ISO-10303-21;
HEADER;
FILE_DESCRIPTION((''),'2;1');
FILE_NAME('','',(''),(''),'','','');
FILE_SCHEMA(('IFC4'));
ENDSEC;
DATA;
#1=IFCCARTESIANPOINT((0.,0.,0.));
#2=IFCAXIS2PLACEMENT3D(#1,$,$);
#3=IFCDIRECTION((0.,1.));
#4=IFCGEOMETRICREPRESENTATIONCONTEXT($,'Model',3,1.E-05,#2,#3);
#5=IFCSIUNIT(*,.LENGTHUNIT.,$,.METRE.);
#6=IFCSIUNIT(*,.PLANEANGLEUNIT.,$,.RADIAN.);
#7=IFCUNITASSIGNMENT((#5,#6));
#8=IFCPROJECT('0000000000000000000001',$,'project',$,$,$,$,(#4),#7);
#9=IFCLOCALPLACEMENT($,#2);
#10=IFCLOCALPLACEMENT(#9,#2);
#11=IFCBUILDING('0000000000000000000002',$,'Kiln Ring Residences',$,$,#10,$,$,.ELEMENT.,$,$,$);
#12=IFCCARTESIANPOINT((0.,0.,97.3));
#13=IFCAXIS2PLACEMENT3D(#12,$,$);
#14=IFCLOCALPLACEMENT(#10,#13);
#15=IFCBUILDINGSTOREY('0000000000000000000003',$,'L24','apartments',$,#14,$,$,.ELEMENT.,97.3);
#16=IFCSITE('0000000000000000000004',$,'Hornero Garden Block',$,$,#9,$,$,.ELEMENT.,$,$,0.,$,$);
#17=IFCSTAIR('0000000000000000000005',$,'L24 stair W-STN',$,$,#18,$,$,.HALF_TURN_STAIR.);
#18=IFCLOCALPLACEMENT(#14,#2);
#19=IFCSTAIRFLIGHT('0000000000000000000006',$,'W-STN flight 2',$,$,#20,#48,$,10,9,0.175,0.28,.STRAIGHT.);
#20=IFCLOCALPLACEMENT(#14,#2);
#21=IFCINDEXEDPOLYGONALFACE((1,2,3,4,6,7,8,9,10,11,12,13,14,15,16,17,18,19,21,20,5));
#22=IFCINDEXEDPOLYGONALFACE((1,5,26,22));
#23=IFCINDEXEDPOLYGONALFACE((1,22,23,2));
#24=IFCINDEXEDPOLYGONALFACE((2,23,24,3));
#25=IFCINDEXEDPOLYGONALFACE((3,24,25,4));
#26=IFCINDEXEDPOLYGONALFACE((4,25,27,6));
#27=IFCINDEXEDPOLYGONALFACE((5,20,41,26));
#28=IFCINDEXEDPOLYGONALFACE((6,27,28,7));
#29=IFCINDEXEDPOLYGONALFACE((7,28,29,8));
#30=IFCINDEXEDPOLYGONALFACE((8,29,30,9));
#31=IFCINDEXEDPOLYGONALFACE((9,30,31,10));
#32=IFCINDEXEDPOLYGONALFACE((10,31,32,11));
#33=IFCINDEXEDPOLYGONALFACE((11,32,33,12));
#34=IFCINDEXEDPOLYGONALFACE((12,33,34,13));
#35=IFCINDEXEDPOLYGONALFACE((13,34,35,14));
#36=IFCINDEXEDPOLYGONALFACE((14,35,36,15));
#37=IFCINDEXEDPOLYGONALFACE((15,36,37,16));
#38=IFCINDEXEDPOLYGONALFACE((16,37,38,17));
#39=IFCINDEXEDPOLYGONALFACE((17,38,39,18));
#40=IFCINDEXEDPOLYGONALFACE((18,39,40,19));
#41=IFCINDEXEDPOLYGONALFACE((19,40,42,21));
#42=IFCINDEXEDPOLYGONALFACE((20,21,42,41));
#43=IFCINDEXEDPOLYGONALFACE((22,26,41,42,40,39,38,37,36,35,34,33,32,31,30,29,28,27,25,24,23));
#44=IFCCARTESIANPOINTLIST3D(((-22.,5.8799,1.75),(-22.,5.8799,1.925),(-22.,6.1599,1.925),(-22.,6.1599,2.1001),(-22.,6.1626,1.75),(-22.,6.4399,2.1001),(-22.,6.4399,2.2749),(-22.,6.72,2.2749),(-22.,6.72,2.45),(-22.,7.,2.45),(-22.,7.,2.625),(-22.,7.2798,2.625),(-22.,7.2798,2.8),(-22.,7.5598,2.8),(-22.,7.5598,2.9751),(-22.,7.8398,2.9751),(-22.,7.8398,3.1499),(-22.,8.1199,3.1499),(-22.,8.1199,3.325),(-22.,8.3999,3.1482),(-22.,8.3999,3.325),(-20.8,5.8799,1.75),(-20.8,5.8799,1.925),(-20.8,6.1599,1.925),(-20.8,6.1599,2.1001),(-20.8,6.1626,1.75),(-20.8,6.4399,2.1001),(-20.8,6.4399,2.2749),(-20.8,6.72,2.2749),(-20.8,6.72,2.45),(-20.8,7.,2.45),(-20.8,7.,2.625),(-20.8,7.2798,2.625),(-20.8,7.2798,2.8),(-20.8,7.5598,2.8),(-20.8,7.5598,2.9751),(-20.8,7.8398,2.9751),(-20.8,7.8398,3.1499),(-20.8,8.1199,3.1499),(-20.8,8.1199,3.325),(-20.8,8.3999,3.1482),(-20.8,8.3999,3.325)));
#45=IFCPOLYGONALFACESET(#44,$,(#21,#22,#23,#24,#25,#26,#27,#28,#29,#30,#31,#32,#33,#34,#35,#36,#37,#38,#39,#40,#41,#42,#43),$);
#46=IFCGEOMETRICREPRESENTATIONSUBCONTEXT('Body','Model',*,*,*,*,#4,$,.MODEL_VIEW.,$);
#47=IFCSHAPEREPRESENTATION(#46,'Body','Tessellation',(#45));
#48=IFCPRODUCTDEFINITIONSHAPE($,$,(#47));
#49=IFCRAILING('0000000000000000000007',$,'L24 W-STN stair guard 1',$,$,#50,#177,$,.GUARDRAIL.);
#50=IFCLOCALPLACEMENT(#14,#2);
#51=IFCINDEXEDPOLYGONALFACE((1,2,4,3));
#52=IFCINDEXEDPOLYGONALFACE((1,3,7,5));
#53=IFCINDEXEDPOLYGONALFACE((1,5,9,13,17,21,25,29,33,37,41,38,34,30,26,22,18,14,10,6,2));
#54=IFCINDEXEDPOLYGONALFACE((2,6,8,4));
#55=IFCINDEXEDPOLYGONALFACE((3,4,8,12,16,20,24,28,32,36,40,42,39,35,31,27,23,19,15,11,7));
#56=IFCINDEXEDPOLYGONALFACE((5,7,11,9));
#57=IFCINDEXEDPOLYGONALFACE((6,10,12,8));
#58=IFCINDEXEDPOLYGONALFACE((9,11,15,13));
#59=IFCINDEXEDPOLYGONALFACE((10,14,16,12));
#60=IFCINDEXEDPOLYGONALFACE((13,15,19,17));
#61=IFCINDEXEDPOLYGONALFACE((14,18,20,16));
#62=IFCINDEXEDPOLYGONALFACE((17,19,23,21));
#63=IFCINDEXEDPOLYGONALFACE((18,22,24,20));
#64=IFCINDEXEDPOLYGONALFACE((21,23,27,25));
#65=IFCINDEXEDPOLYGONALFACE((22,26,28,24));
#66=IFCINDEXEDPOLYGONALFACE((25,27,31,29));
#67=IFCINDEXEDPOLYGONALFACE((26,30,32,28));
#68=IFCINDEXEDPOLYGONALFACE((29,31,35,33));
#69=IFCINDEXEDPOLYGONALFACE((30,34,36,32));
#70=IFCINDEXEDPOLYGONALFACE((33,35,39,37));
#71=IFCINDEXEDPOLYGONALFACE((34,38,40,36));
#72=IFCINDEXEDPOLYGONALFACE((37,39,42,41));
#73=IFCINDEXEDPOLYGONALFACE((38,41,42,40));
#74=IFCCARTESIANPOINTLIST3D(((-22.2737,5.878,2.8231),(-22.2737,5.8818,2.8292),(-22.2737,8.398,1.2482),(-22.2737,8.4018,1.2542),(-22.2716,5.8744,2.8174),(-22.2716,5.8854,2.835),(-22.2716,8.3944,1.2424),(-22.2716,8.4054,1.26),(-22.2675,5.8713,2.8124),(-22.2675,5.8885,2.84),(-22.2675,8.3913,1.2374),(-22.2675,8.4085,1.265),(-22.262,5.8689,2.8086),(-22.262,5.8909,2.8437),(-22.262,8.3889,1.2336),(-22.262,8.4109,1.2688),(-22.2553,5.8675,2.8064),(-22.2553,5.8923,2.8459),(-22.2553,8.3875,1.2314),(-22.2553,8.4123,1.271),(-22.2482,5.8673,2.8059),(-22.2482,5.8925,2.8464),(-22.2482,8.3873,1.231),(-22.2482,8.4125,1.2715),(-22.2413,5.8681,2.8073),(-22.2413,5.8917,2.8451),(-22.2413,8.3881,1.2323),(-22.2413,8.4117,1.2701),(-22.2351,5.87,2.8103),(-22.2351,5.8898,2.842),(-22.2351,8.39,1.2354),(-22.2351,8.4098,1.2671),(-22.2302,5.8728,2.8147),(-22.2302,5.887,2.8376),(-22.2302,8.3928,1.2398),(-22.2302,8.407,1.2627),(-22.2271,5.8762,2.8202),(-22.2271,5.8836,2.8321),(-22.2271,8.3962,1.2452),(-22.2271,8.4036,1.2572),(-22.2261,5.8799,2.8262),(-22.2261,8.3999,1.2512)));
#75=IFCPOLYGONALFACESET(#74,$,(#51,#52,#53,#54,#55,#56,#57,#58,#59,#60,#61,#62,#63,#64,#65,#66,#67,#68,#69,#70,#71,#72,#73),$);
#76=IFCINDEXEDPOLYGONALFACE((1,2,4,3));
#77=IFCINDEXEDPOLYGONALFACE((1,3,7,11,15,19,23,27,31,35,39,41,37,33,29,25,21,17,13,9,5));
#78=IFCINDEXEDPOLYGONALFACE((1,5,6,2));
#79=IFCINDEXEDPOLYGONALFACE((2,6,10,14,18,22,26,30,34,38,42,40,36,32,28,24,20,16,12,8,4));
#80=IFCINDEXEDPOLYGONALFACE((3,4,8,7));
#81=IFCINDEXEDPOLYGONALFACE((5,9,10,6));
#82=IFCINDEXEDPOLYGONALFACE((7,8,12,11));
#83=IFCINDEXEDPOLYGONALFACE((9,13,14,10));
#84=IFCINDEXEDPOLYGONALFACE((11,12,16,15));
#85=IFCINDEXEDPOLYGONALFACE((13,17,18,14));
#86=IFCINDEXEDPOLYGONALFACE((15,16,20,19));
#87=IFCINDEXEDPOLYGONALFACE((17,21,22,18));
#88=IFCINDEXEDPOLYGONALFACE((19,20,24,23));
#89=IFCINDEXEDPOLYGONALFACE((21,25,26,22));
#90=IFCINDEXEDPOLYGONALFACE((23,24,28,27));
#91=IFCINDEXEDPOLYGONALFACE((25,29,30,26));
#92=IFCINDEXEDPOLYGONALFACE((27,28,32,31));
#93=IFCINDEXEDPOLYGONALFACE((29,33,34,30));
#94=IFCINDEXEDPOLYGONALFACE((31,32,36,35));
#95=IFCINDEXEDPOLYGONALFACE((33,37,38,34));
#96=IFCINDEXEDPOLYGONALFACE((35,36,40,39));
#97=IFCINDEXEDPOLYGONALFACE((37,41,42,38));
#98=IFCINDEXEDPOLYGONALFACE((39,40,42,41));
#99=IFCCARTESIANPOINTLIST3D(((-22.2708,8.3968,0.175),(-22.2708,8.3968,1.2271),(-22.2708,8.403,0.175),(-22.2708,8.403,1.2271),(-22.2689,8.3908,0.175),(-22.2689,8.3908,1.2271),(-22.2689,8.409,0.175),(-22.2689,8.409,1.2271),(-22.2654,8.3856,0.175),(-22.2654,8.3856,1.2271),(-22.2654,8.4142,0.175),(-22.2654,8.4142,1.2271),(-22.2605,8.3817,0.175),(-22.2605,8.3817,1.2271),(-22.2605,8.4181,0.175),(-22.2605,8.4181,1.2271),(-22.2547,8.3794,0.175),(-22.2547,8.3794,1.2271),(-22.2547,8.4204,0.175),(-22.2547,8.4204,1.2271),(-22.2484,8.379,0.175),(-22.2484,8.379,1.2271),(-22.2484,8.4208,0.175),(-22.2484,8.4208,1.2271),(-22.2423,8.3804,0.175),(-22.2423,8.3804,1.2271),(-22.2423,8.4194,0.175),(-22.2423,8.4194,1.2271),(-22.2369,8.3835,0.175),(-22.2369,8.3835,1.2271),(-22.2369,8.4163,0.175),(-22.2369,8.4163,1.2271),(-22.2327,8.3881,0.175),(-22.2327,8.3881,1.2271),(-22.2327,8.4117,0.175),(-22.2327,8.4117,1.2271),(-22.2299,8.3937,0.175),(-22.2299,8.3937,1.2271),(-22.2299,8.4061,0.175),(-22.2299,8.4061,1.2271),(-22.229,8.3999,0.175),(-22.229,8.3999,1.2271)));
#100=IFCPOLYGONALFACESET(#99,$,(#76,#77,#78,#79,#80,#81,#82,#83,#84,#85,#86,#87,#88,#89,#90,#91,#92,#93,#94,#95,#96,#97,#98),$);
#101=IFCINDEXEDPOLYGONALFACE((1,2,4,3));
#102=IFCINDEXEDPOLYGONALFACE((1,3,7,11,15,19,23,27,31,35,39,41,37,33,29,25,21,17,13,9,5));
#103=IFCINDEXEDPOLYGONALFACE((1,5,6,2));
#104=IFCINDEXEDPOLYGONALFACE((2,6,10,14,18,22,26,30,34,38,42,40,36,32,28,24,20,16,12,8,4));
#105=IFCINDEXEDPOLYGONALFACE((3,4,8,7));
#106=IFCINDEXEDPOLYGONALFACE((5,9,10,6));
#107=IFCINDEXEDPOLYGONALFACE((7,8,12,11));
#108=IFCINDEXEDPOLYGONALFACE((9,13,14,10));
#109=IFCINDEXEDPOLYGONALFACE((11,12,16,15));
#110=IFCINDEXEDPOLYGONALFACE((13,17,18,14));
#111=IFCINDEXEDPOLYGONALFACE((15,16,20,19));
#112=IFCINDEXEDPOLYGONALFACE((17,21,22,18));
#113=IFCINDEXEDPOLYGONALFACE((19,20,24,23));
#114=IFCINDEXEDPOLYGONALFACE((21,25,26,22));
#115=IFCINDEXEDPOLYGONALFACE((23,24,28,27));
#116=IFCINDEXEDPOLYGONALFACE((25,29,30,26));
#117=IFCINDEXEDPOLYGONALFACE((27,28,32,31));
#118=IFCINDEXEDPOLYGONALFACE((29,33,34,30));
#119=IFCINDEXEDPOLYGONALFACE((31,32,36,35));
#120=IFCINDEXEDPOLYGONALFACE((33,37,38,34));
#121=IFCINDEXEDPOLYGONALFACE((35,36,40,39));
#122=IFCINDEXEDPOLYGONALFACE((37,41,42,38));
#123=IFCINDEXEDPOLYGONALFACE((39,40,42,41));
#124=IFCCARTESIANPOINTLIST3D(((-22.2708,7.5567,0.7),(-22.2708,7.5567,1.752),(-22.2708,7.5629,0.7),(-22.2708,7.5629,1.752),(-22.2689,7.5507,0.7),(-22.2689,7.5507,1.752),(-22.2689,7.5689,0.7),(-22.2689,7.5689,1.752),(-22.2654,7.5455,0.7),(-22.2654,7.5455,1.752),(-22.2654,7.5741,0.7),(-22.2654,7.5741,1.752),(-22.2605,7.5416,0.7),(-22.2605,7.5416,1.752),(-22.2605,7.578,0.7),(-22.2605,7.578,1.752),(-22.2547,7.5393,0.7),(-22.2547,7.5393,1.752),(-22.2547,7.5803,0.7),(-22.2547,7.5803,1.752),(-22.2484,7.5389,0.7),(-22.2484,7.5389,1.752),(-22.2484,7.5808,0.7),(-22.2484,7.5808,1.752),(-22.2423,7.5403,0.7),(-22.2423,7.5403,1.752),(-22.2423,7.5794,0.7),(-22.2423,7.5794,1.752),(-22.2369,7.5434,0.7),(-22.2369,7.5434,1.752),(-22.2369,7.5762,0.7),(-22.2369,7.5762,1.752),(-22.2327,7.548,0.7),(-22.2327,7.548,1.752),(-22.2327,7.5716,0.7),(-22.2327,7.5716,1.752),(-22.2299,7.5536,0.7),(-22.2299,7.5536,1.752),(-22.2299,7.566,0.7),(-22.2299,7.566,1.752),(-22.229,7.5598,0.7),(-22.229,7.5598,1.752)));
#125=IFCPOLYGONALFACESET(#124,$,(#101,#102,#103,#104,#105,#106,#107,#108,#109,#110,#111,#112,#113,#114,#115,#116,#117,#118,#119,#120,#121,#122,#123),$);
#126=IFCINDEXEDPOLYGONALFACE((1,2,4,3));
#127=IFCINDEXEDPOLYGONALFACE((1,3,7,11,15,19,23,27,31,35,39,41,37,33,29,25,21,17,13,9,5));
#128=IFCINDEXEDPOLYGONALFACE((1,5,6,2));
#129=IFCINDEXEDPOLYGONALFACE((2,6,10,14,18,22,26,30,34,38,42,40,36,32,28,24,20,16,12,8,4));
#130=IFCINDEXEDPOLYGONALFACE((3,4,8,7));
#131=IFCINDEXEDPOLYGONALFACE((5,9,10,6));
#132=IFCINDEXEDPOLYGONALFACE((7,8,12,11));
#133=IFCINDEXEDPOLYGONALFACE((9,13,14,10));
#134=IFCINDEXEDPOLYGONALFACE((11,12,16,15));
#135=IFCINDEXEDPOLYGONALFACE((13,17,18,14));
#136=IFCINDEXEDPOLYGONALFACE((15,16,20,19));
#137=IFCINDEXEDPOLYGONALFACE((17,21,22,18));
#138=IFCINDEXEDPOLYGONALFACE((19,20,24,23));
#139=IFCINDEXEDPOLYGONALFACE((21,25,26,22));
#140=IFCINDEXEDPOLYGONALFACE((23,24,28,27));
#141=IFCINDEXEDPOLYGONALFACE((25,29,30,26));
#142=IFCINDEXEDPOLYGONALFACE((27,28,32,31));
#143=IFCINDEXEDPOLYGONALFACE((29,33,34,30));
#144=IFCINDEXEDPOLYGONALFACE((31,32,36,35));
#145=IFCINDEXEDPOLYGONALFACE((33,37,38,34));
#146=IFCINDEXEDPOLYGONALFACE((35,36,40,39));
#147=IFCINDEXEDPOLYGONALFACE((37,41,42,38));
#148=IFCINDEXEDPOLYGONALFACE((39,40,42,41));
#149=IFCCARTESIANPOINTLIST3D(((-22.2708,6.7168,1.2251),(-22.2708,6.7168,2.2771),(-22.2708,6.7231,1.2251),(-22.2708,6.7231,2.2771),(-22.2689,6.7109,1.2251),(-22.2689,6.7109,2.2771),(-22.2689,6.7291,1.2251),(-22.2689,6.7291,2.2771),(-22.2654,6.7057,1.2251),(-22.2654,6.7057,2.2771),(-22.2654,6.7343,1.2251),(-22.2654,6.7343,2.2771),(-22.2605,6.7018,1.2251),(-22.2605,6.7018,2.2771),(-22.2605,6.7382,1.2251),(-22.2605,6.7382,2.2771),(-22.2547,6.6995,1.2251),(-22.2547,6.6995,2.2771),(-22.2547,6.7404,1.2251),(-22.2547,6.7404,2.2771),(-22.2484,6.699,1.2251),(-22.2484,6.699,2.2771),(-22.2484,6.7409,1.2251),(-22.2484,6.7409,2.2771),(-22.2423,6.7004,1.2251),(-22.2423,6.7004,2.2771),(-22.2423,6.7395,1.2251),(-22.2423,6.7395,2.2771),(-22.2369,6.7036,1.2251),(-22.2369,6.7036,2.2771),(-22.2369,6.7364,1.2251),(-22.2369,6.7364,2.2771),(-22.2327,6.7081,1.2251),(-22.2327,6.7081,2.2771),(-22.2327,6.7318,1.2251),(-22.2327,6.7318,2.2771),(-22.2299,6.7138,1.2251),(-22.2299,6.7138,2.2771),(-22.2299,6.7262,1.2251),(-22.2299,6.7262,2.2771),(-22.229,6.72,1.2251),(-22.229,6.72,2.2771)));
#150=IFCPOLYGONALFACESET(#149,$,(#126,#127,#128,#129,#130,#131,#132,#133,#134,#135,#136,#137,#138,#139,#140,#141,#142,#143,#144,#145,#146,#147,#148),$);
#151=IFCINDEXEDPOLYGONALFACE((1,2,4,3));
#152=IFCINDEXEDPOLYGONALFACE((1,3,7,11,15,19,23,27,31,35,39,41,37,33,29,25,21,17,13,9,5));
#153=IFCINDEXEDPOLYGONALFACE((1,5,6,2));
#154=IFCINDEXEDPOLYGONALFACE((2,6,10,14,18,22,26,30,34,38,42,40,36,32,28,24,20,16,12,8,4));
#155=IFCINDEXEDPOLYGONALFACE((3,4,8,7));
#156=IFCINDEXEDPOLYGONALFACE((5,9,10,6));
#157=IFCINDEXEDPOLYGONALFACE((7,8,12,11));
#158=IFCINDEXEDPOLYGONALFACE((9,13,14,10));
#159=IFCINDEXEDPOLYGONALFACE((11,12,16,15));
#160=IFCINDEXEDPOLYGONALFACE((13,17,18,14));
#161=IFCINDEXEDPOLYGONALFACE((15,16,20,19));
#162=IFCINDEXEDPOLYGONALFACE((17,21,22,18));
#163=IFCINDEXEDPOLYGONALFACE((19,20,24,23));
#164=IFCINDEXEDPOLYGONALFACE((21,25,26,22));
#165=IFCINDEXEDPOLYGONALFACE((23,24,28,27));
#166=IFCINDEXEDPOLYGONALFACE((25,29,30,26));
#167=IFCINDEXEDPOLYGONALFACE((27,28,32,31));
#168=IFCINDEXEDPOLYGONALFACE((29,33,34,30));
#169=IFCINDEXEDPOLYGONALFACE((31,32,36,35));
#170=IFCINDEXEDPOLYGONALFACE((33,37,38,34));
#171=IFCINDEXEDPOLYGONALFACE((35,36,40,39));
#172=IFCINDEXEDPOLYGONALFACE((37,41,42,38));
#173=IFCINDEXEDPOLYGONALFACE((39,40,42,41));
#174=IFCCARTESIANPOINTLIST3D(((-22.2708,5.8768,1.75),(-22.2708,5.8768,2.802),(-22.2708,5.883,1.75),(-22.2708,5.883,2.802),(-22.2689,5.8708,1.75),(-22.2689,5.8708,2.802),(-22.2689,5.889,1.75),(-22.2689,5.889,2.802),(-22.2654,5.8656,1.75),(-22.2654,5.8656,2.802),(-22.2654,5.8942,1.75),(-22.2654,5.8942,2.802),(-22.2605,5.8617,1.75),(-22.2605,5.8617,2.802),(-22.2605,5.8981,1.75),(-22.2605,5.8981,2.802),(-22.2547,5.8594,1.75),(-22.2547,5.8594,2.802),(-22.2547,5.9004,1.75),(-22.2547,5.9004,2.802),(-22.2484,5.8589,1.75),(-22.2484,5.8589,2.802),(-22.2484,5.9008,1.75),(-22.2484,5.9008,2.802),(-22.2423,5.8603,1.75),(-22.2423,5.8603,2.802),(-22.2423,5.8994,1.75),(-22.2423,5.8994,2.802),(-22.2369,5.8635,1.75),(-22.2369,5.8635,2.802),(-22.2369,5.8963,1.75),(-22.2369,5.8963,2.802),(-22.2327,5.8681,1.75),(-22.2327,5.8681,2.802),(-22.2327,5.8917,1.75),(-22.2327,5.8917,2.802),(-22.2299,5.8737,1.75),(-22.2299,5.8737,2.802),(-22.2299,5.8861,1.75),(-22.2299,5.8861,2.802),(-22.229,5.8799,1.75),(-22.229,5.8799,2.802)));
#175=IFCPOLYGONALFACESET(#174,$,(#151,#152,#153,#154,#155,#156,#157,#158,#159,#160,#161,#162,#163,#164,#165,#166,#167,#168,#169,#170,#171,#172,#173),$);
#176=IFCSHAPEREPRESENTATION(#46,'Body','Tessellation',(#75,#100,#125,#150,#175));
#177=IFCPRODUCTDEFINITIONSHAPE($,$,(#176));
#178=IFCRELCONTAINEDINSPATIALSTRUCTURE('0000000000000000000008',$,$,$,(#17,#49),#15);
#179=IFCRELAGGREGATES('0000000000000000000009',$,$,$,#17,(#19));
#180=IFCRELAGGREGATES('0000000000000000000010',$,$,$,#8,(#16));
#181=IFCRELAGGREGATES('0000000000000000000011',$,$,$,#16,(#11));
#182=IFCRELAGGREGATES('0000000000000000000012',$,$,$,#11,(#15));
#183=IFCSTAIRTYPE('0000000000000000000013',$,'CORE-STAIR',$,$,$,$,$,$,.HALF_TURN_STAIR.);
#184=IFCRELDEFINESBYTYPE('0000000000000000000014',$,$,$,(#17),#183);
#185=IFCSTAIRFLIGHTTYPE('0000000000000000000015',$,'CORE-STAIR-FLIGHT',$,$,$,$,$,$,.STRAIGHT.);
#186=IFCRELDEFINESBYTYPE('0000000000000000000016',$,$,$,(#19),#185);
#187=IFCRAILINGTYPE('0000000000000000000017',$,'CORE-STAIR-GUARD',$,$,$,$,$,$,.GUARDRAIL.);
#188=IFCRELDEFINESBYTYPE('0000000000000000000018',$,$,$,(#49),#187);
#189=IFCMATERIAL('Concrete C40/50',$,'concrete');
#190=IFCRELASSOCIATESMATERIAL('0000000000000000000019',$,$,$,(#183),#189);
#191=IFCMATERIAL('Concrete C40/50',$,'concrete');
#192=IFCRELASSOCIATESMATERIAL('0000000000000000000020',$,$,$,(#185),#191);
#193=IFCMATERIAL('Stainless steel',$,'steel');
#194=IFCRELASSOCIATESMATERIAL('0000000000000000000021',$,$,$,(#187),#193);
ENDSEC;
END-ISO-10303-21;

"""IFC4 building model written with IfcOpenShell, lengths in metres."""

from ifc_helpers import new_model, si_unit, direction, frame, origin, origin_2d, place, context, subcontext, project, spatial, polyline, circle, outline, extrude, material, type_object, element, aggregate, save


model = new_model("IFC4")

# Units and contexts
model_context = context("Model", 3, precision=1e-05, world=origin(), true_north=direction((0.0, 1.0)))
body_context = subcontext(model_context, "Body", "Model", "MODEL_VIEW")
ifc_project = project(units=[si_unit("LENGTHUNIT", "METRE"), si_unit("PLANEANGLEUNIT", "RADIAN")], contexts=[model_context])

# Site, building, storey
site_placement = place(None, origin())
site = spatial("IfcSite", under=ifc_project, at=site_placement, Name="Hornero Garden Block", CompositionType="ELEMENT", RefElevation=0.0)
building_placement = place(site_placement, origin())
building = spatial("IfcBuilding", under=site, at=building_placement, Name="Kiln Ring Residences", CompositionType="ELEMENT")
storey_placement = place(building_placement, frame((0.0, 0.0, 97.3)))
storey = spatial("IfcBuildingStorey", under=building, at=storey_placement, Name="L24", Description="apartments", CompositionType="ELEMENT", Elevation=97.3)

# Stair, stair flight
ifc_material_1 = material(Name="Concrete C40/50", Category="concrete")
stair_type = type_object("IfcStairType", Name="CORE-STAIR", PredefinedType="HALF_TURN_STAIR", material=ifc_material_1)
stair_placement = place(storey_placement, origin())
stair = element("IfcStair", 1, at=stair_placement, inside=storey, type_object=stair_type, Name="L24 stair W-STN", PredefinedType="HALF_TURN_STAIR")
ifc_material_2 = material(Name="Concrete C40/50", Category="concrete")
stair_flight_type = type_object("IfcStairFlightType", Name="CORE-STAIR-FLIGHT", PredefinedType="STRAIGHT", material=ifc_material_2)
stair_flight_1_placement = place(storey_placement, frame((-21.3999, 5.8799, 1.75), z_axis=(0.0, 0.0, 1.0), x_axis=(0.0, 1.0, 0.0)))
stair_flight_1 = element("IfcStairFlight", 2, at=stair_flight_1_placement, type_object=stair_flight_type, Name="W-STN flight 2", NumberOfRisers=10, NumberOfTreads=9, PredefinedType="STRAIGHT", RiserHeight=0.175, TreadLength=0.28, context=body_context, shape_type="SweptSolid", body=[
    extrude(outline(polyline([(0.0, 0.0), (0.0, 0.175), (0.28, 0.175), (0.28, 0.3501), (0.5601, 0.3501), (0.5601, 0.5249), (0.8401, 0.5249), (0.8401, 0.7), (1.1201, 0.7), (1.1201, 0.875), (1.3999, 0.875), (1.3999, 1.05), (1.6799, 1.05), (1.6799, 1.2251), (1.96, 1.2251), (1.96, 1.3999), (2.24, 1.3999), (2.24, 1.575), (2.52, 1.575), (2.52, 1.75), (2.52, 1.3982), (0.2827, 0.0), (0.0, 0.0)])), frame((0.0, 0.6001, 0.0), z_axis=(0.0, -1.0, 0.0), x_axis=(1.0, 0.0, 0.0)), (0.0, 0.0, 1.0), 1.2),
])
aggregate(stair, [stair_flight_1])

# Railing
ifc_material_3 = material(Name="Stainless steel", Category="steel")
railing_type_1 = type_object("IfcRailingType", Name="CORE-STAIR-GUARD", PredefinedType="GUARDRAIL", material=ifc_material_3)
railing_1_placement = place(storey_placement, frame((-22.25, 8.3999, 0.175)))
element("IfcRailing", 3, at=railing_1_placement, inside=storey, type_object=railing_type_1, Name="L24 W-STN stair guard 1", PredefinedType="GUARDRAIL", context=body_context, shape_type="SweptSolid", body=[
    extrude(circle(Radius=0.0239, at=origin_2d()), frame((0.0, 0.0, 1.0762), z_axis=(0.0, -0.848008, 0.529984), x_axis=(1.0, 0.0, 0.0)), (0.0, 0.0, 1.0), 2.9717),
    extrude(circle(Radius=0.021, at=origin_2d()), origin(), (0.0, 0.0, 1.0), 1.052),
    extrude(circle(Radius=0.021, at=origin_2d()), frame((0.0, -0.8401, 0.5249)), (0.0, 0.0, 1.0), 1.052),
    extrude(circle(Radius=0.021, at=origin_2d()), frame((0.0, -1.6799, 1.05)), (0.0, 0.0, 1.0), 1.052),
    extrude(circle(Radius=0.021, at=origin_2d()), frame((0.0, -2.52, 1.575)), (0.0, 0.0, 1.0), 1.052),
])

save(model, "model.ifc")
